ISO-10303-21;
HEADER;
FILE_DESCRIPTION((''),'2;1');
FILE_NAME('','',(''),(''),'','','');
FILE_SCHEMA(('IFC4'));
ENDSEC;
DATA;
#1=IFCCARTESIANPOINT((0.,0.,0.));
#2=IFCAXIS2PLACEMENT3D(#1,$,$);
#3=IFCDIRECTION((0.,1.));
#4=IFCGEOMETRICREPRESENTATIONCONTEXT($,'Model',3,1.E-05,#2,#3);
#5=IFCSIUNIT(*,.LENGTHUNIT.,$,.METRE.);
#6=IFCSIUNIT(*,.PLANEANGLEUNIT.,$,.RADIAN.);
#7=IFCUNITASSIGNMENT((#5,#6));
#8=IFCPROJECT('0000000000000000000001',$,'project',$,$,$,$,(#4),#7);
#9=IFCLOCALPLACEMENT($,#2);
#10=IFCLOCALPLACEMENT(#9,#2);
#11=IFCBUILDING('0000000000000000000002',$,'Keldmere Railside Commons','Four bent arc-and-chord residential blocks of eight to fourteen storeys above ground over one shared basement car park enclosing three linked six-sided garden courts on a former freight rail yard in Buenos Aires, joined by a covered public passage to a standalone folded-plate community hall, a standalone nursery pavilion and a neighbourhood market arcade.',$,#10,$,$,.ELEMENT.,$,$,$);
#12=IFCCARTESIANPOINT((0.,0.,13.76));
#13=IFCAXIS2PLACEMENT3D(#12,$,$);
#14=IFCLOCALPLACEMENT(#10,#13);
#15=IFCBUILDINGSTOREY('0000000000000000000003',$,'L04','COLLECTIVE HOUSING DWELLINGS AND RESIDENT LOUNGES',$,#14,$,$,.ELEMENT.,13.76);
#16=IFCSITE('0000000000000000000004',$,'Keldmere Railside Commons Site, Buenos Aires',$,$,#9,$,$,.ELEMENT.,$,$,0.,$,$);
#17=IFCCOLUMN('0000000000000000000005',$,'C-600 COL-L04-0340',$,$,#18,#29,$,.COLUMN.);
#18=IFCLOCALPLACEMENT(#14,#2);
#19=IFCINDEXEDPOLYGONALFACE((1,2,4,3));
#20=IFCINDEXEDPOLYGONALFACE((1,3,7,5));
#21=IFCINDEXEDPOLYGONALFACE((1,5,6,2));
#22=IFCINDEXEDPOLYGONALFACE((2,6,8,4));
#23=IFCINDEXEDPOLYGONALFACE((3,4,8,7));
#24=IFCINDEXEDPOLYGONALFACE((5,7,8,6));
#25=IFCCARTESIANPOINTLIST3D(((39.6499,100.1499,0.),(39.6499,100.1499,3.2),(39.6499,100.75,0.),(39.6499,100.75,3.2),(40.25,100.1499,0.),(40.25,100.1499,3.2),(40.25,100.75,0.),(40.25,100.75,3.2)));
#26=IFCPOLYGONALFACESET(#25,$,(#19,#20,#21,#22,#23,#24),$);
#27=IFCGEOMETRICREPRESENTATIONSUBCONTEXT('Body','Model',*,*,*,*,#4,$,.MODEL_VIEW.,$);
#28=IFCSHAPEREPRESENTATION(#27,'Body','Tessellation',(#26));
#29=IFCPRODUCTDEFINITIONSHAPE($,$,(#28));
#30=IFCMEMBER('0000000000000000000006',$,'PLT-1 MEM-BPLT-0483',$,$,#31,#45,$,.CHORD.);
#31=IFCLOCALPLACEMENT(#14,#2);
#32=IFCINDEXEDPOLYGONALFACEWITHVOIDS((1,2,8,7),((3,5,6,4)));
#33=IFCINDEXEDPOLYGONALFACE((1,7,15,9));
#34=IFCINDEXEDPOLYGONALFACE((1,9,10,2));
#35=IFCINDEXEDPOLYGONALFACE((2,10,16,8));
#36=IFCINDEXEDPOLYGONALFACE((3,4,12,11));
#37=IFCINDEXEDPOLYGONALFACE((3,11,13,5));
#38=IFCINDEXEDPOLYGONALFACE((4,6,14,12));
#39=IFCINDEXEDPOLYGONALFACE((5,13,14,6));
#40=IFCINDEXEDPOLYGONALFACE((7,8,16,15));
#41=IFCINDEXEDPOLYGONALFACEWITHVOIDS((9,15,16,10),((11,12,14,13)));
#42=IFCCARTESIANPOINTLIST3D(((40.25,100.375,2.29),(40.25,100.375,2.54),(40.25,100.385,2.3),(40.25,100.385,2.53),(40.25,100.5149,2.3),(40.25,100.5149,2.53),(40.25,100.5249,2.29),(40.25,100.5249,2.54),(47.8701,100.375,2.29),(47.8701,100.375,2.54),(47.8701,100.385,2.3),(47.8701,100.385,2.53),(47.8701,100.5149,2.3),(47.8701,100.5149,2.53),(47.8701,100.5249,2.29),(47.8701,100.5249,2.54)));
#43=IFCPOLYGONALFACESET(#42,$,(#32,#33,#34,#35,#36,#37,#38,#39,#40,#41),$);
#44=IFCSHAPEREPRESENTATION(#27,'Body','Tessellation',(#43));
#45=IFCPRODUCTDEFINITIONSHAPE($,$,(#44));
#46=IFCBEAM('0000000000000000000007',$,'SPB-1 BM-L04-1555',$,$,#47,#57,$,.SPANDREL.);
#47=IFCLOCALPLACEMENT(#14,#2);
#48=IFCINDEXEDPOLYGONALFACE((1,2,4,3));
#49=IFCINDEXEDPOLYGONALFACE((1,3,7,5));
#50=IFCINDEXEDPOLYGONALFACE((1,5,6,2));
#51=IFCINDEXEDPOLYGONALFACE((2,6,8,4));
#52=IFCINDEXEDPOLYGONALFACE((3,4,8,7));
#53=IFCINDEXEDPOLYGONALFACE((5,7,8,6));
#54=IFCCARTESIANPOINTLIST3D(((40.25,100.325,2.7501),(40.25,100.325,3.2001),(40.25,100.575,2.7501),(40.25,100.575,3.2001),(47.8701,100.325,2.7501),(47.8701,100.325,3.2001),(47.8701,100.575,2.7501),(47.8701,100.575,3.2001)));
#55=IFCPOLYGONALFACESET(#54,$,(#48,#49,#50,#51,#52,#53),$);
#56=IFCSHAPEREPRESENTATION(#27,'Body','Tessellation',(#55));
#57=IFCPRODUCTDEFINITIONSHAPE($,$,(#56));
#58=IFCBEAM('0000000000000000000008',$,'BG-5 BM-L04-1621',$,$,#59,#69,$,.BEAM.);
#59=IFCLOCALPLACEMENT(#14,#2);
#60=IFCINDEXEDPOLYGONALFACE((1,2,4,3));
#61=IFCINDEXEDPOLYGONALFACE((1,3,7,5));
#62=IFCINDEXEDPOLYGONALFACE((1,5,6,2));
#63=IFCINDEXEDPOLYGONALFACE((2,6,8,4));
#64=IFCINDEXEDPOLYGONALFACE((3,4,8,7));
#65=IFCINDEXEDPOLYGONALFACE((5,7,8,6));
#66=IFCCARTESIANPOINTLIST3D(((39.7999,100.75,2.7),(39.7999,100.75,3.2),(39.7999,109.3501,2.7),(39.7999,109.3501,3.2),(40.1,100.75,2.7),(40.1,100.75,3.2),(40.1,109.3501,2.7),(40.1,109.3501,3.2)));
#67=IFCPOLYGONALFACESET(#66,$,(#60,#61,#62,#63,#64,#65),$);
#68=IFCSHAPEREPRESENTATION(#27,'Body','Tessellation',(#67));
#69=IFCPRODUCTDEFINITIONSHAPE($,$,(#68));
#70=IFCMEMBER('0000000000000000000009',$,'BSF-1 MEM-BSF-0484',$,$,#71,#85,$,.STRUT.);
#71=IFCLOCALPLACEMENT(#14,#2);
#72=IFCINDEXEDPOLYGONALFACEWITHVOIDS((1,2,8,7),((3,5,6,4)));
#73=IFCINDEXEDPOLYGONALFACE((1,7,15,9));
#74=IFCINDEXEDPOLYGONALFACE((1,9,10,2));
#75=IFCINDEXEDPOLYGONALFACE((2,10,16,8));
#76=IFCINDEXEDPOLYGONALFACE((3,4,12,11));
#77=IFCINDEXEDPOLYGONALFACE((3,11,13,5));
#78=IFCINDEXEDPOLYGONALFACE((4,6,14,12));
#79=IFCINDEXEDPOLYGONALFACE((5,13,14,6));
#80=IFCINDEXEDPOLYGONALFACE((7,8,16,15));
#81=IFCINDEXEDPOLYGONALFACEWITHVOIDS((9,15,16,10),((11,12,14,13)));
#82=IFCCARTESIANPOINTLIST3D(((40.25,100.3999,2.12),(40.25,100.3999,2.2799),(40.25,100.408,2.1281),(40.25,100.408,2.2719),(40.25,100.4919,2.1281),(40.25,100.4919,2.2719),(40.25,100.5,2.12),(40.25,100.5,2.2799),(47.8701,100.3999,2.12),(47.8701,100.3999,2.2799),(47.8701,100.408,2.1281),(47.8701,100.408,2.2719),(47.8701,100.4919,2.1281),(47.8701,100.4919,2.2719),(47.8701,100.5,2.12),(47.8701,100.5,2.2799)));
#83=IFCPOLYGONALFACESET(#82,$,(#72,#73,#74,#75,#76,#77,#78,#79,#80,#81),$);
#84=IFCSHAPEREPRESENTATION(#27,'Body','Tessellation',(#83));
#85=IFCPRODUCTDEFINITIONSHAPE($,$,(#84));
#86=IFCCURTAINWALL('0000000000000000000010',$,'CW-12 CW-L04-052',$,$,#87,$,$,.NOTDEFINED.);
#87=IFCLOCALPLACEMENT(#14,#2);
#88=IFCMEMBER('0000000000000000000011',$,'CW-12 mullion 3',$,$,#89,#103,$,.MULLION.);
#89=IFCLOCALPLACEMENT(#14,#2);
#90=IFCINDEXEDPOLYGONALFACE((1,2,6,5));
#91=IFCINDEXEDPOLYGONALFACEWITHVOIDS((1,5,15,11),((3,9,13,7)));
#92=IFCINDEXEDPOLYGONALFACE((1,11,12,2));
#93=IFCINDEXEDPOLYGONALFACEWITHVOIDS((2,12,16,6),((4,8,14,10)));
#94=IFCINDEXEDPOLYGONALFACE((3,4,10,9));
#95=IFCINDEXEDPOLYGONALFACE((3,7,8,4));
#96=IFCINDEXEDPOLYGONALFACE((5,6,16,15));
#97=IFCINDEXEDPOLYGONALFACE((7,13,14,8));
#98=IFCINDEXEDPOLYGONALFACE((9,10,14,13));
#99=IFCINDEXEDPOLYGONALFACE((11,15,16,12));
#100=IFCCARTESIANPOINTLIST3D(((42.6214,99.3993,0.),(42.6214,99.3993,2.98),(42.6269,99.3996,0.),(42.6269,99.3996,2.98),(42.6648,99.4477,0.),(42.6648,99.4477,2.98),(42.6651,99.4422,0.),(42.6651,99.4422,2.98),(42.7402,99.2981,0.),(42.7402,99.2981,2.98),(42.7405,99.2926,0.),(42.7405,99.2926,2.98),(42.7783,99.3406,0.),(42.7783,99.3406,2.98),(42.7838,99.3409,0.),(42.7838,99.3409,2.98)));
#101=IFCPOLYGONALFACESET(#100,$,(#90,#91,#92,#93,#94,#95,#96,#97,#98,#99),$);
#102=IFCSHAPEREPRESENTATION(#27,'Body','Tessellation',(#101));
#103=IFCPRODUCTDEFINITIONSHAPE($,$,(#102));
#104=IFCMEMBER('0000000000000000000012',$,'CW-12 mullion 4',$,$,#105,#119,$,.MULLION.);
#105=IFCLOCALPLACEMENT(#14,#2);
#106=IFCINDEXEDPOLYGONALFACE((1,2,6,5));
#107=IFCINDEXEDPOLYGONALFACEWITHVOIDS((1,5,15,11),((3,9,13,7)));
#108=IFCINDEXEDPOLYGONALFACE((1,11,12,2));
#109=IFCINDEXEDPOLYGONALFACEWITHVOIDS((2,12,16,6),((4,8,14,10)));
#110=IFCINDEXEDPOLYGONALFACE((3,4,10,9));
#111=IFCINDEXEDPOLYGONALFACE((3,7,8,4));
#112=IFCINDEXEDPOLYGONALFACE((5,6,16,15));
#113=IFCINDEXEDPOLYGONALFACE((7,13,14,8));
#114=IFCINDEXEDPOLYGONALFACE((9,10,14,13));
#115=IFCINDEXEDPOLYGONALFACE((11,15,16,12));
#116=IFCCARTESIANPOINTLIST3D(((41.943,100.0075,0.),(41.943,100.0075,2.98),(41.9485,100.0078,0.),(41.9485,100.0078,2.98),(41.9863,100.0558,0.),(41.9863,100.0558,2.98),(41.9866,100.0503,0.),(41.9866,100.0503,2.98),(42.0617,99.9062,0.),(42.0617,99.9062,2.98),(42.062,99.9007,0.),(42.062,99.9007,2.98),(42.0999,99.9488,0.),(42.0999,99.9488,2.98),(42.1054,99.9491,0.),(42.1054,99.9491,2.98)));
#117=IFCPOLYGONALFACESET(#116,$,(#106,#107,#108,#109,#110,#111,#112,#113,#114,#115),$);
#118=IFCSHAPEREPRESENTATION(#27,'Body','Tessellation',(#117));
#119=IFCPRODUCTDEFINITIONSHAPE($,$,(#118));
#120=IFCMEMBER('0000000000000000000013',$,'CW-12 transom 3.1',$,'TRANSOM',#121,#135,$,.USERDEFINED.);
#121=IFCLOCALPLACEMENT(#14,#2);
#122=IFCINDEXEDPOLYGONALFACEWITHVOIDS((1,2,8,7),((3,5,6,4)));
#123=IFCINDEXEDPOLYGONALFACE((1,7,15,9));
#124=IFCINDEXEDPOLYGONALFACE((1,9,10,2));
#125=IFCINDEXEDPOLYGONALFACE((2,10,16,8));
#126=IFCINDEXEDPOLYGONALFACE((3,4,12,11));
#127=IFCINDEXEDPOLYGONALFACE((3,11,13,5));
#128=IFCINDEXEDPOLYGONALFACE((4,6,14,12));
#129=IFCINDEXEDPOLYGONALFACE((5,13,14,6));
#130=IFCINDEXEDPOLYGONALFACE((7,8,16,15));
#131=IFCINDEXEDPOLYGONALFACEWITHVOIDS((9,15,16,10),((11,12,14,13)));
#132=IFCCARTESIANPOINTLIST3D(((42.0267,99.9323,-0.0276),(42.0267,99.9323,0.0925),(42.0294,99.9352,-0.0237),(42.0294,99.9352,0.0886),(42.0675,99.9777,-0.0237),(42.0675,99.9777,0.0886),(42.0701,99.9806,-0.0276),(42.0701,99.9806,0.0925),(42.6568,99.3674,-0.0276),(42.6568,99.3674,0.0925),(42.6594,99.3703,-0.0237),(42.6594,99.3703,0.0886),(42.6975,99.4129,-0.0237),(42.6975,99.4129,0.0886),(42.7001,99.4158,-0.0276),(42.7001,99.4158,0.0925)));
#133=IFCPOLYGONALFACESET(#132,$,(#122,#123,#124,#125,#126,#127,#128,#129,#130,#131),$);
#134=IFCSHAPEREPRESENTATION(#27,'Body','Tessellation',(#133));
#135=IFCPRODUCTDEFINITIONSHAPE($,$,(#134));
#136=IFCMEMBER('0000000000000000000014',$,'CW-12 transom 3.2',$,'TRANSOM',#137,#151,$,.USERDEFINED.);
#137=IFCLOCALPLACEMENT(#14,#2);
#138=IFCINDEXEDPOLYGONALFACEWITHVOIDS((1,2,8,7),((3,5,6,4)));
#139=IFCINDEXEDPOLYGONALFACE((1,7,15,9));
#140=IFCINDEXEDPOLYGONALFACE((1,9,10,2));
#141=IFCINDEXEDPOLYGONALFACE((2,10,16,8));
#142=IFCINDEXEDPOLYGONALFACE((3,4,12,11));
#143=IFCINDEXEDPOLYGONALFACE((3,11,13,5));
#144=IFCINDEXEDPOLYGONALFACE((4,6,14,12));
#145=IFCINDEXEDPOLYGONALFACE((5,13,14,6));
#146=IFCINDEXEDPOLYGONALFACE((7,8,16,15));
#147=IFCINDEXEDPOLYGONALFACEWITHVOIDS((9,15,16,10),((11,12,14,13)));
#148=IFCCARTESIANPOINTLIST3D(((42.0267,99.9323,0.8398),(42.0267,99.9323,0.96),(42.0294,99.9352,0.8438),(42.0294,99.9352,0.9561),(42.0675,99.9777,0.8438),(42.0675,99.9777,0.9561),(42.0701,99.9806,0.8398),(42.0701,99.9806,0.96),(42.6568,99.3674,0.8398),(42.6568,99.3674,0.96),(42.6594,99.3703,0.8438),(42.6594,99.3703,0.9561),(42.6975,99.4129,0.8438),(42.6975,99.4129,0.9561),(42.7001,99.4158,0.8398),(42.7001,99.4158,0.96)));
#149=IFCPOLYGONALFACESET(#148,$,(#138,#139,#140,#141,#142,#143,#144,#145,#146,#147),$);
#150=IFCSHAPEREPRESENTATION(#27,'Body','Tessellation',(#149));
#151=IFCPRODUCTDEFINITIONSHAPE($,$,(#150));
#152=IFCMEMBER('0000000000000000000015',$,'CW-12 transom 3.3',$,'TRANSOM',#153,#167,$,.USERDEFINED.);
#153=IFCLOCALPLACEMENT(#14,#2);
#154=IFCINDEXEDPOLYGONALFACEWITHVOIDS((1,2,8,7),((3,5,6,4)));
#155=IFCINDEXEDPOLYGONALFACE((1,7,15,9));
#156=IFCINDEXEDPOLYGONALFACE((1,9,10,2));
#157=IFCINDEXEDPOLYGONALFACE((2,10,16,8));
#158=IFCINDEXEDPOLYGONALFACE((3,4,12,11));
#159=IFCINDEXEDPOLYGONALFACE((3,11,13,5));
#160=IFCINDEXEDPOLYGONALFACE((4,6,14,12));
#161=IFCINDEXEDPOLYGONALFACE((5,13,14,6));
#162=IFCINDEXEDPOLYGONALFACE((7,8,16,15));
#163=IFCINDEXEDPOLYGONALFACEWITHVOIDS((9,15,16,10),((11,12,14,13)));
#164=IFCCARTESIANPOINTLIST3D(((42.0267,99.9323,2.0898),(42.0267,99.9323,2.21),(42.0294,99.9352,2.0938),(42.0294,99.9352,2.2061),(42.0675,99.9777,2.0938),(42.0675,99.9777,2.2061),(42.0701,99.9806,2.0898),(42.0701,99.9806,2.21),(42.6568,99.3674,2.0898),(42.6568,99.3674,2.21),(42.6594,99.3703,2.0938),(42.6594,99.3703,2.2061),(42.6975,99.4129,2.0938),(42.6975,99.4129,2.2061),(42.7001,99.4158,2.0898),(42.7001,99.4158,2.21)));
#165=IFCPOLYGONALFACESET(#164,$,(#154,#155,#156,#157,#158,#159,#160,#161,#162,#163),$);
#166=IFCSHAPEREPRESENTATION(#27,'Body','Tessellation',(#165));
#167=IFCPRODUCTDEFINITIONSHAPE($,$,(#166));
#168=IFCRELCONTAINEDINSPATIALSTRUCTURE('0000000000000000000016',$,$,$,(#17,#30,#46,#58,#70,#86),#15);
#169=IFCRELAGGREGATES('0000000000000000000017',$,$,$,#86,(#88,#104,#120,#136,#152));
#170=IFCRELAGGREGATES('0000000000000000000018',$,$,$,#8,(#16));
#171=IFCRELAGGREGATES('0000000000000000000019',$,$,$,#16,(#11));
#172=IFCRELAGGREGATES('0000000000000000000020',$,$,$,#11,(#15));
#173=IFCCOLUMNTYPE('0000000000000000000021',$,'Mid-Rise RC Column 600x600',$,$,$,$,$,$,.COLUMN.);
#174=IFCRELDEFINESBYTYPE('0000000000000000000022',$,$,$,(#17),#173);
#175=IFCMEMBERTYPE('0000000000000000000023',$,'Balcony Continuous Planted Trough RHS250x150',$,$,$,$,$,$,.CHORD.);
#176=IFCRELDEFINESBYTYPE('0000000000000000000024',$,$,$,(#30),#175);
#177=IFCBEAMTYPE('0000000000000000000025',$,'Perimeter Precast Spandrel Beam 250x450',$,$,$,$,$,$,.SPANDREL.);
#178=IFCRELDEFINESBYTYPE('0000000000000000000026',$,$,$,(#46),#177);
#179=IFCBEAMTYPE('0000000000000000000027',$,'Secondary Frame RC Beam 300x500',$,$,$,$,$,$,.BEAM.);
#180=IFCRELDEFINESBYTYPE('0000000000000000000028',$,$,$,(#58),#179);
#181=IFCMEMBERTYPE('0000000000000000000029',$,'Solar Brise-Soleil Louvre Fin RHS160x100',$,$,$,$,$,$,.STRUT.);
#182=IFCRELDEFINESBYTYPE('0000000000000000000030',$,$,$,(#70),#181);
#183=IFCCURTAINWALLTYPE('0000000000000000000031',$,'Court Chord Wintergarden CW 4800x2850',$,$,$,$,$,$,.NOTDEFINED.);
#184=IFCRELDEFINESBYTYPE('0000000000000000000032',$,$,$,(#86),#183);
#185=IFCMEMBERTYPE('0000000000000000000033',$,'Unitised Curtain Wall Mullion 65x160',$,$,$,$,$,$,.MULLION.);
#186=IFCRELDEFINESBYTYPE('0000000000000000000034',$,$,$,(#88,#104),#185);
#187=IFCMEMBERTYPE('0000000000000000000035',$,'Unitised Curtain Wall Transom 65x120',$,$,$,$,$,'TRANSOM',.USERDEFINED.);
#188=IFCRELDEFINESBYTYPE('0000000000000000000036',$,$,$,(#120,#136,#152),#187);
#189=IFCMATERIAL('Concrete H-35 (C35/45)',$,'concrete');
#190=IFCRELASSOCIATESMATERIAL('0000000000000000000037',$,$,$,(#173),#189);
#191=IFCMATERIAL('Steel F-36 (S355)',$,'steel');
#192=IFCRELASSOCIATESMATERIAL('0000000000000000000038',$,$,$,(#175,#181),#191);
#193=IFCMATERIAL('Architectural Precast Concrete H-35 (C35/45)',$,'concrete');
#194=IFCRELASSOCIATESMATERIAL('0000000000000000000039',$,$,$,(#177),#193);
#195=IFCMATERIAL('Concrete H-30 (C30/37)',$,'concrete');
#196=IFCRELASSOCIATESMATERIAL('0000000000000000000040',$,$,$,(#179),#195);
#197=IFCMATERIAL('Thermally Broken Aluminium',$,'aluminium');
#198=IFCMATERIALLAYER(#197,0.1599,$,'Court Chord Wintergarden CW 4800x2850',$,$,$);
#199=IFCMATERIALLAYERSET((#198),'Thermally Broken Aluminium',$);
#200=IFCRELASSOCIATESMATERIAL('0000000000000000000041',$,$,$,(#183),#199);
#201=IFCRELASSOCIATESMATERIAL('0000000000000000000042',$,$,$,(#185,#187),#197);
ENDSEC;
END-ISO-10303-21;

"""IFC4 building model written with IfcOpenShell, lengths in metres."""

from ifc_helpers import new_model, si_unit, direction, frame, origin, origin_2d, place, context, subcontext, project, spatial, rectangle, hollow_rectangle, extrude, material, layer, layer_set, material_profile, profile_set, type_object, element, aggregate, save


model = new_model("IFC4")

# Units and contexts
model_context = context("Model", 3, precision=1e-05, world=origin(), true_north=direction((0.0, 1.0)))
body_context = subcontext(model_context, "Body", "Model", "MODEL_VIEW")
ifc_project = project(units=[si_unit("LENGTHUNIT", "METRE"), si_unit("PLANEANGLEUNIT", "RADIAN")], contexts=[model_context])

# Site, building, storey
site_placement = place(None, origin())
site = spatial("IfcSite", under=ifc_project, at=site_placement, Name="Keldmere Railside Commons Site, Buenos Aires", CompositionType="ELEMENT", RefElevation=0.0)
building_placement = place(site_placement, origin())
building = spatial("IfcBuilding", under=site, at=building_placement, Name="Keldmere Railside Commons", Description="Four bent arc-and-chord residential blocks of eight to fourteen storeys above ground over one shared basement car park enclosing three linked six-sided garden courts on a former freight rail yard in Buenos Aires, joined by a covered public passage to a standalone folded-plate community hall, a standalone nursery pavilion and a neighbourhood market arcade.", CompositionType="ELEMENT")
storey_placement = place(building_placement, frame((0.0, 0.0, 13.76)))
storey = spatial("IfcBuildingStorey", under=building, at=storey_placement, Name="L04", Description="COLLECTIVE HOUSING DWELLINGS AND RESIDENT LOUNGES", CompositionType="ELEMENT", Elevation=13.76)

# Column
ifc_material_1 = material(Name="Concrete H-35 (C35/45)", Category="concrete")
ifc_material_profile_1 = material_profile(ifc_material_1, rectangle(XDim=0.6001, YDim=0.6001, at=origin_2d()), Name="RC-600x600")
ifc_profile_set_1 = profile_set([ifc_material_profile_1], Name="Concrete H-35 (C35/45)")
column_type = type_object("IfcColumnType", Name="Mid-Rise RC Column 600x600", PredefinedType="COLUMN", material=ifc_profile_set_1)
column_placement = place(storey_placement, frame((39.95, 100.45, 0.0), z_axis=(0.0, 0.0, 1.0), x_axis=(1.0, 0.0, 0.0)))
element("IfcColumn", 1, at=column_placement, inside=storey, type_object=column_type, Name="C-600 COL-L04-0340", PredefinedType="COLUMN", context=body_context, shape_type="SweptSolid", body=[
    extrude(rectangle(XDim=0.6001, YDim=0.6001, at=origin_2d()), origin(), (0.0, 0.0, 1.0), 3.2),
])

# Member
ifc_material_2 = material(Name="Steel F-36 (S355)", Category="steel")
ifc_material_profile_2 = material_profile(ifc_material_2, hollow_rectangle(XDim=0.1499, YDim=0.25, WallThickness=0.01, at=origin_2d()), Name="RHS-250x150x10")
ifc_profile_set_2 = profile_set([ifc_material_profile_2], Name="Steel F-36 (S355)")
member_type_1 = type_object("IfcMemberType", Name="Balcony Continuous Planted Trough RHS250x150", PredefinedType="CHORD", material=ifc_profile_set_2)
member_1_placement = place(storey_placement, frame((40.25, 100.45, 2.415), z_axis=(1.0, 0.0, 0.0), x_axis=(0.0, 1.0, 0.0)))
element("IfcMember", 2, at=member_1_placement, inside=storey, type_object=member_type_1, Name="PLT-1 MEM-BPLT-0483", PredefinedType="CHORD", context=body_context, shape_type="SweptSolid", body=[
    extrude(hollow_rectangle(XDim=0.1499, YDim=0.25, WallThickness=0.01, at=origin_2d()), origin(), (0.0, 0.0, 1.0), 7.6201),
])

# Beams
ifc_material_3 = material(Name="Architectural Precast Concrete H-35 (C35/45)", Category="concrete")
ifc_material_profile_3 = material_profile(ifc_material_3, rectangle(XDim=0.25, YDim=0.45, at=origin_2d()), Name="RC-250x450")
ifc_profile_set_3 = profile_set([ifc_material_profile_3], Name="Architectural Precast Concrete H-35 (C35/45)")
beam_type_1 = type_object("IfcBeamType", Name="Perimeter Precast Spandrel Beam 250x450", PredefinedType="SPANDREL", material=ifc_profile_set_3)
beam_1_placement = place(storey_placement, frame((40.25, 100.45, 2.9751), z_axis=(1.0, 0.0, 0.0), x_axis=(0.0, 1.0, 0.0)))
element("IfcBeam", 3, at=beam_1_placement, inside=storey, type_object=beam_type_1, Name="SPB-1 BM-L04-1555", PredefinedType="SPANDREL", context=body_context, shape_type="SweptSolid", body=[
    extrude(rectangle(XDim=0.25, YDim=0.45, at=origin_2d()), origin(), (0.0, 0.0, 1.0), 7.6201),
])
ifc_material_4 = material(Name="Concrete H-30 (C30/37)", Category="concrete")
ifc_material_profile_4 = material_profile(ifc_material_4, rectangle(XDim=0.3, YDim=0.5, at=origin_2d()), Name="RC-300x500")
ifc_profile_set_4 = profile_set([ifc_material_profile_4], Name="Concrete H-30 (C30/37)")
beam_type_2 = type_object("IfcBeamType", Name="Secondary Frame RC Beam 300x500", PredefinedType="BEAM", material=ifc_profile_set_4)
beam_2_placement = place(storey_placement, frame((39.95, 100.75, 2.95), z_axis=(0.0, 1.0, 0.0), x_axis=(-1.0, 0.0, 0.0)))
element("IfcBeam", 4, at=beam_2_placement, inside=storey, type_object=beam_type_2, Name="BG-5 BM-L04-1621", PredefinedType="BEAM", context=body_context, shape_type="SweptSolid", body=[
    extrude(rectangle(XDim=0.3, YDim=0.5, at=origin_2d()), origin(), (0.0, 0.0, 1.0), 8.6001),
])

# Member
ifc_material_profile_5 = material_profile(ifc_material_2, hollow_rectangle(XDim=0.1001, YDim=0.1599, WallThickness=0.0081, at=origin_2d()), Name="RHS-160x100x8")
ifc_profile_set_5 = profile_set([ifc_material_profile_5], Name="Steel F-36 (S355)")
member_type_2 = type_object("IfcMemberType", Name="Solar Brise-Soleil Louvre Fin RHS160x100", PredefinedType="STRUT", material=ifc_profile_set_5)
member_2_placement = place(storey_placement, frame((40.25, 100.45, 2.2), z_axis=(1.0, 0.0, 0.0), x_axis=(0.0, 1.0, 0.0)))
element("IfcMember", 5, at=member_2_placement, inside=storey, type_object=member_type_2, Name="BSF-1 MEM-BSF-0484", PredefinedType="STRUT", context=body_context, shape_type="SweptSolid", body=[
    extrude(hollow_rectangle(XDim=0.1001, YDim=0.1599, WallThickness=0.0081, at=origin_2d()), origin(), (0.0, 0.0, 1.0), 7.6201),
])

# Curtain wall, members
ifc_material_5 = material(Name="Thermally Broken Aluminium", Category="aluminium")
ifc_layer_1 = layer(ifc_material_5, 0.1599, Name="Court Chord Wintergarden CW 4800x2850")
ifc_layer_set_1 = layer_set([ifc_layer_1], Name="Thermally Broken Aluminium")
curtain_wall_type = type_object("IfcCurtainWallType", Name="Court Chord Wintergarden CW 4800x2850", PredefinedType="NOTDEFINED", material=ifc_layer_set_1)
curtain_wall_placement = place(storey_placement, origin())
curtain_wall = element("IfcCurtainWall", 6, at=curtain_wall_placement, inside=storey, type_object=curtain_wall_type, Name="CW-12 CW-L04-052", PredefinedType="NOTDEFINED")
ifc_material_profile_6 = material_profile(ifc_material_5, hollow_rectangle(XDim=0.0649, YDim=0.1599, WallThickness=0.0039, at=origin_2d()), Name="ALU-MULL-65x160")
ifc_profile_set_6 = profile_set([ifc_material_profile_6], Name="Thermally Broken Aluminium")
member_type_3 = type_object("IfcMemberType", Name="Unitised Curtain Wall Mullion 65x160", PredefinedType="MULLION", material=ifc_profile_set_6)
member_3_placement = place(storey_placement, frame((42.7026, 99.3701, 0.0), z_axis=(0.0, 0.0, 1.0), x_axis=(-0.667559, -0.744557, 0.0)))
member_3 = element("IfcMember", 7, at=member_3_placement, type_object=member_type_3, Name="CW-12 mullion 3", PredefinedType="MULLION", context=body_context, shape_type="SweptSolid", body=[
    extrude(hollow_rectangle(XDim=0.0649, YDim=0.1599, WallThickness=0.0039, at=origin_2d()), origin(), (0.0, 0.0, 1.0), 2.98),
])
member_4_placement = place(storey_placement, frame((42.0242, 99.9783, 0.0), z_axis=(0.0, 0.0, 1.0), x_axis=(-0.667559, -0.744557, 0.0)))
member_4 = element("IfcMember", 8, at=member_4_placement, type_object=member_type_3, Name="CW-12 mullion 4", PredefinedType="MULLION", context=body_context, shape_type="SweptSolid", body=[
    extrude(hollow_rectangle(XDim=0.0649, YDim=0.1599, WallThickness=0.0039, at=origin_2d()), origin(), (0.0, 0.0, 1.0), 2.98),
])
ifc_material_profile_7 = material_profile(ifc_material_5, hollow_rectangle(XDim=0.0649, YDim=0.1201, WallThickness=0.0039, at=origin_2d()), Name="ALU-TRAN-65x120")
ifc_profile_set_7 = profile_set([ifc_material_profile_7], Name="Thermally Broken Aluminium")
member_type_4 = type_object("IfcMemberType", Name="Unitised Curtain Wall Transom 65x120", ElementType="TRANSOM", PredefinedType="USERDEFINED", material=ifc_profile_set_7)
member_5_placement = place(storey_placement, frame((42.6785, 99.3916, 0.0325), z_axis=(-0.744569, 0.667545, 0.0), x_axis=(-0.667545, -0.744569, 0.0)))
member_5 = element("IfcMember", 9, at=member_5_placement, type_object=member_type_4, Name="CW-12 transom 3.1", ObjectType="TRANSOM", PredefinedType="USERDEFINED", context=body_context, shape_type="SweptSolid", body=[
    extrude(hollow_rectangle(XDim=0.0649, YDim=0.1201, WallThickness=0.0039, at=origin_2d()), origin(), (0.0, 0.0, 1.0), 0.8462),
])
member_6_placement = place(storey_placement, frame((42.6785, 99.3916, 0.8999), z_axis=(-0.744569, 0.667545, 0.0), x_axis=(-0.667545, -0.744569, 0.0)))
member_6 = element("IfcMember", 10, at=member_6_placement, type_object=member_type_4, Name="CW-12 transom 3.2", ObjectType="TRANSOM", PredefinedType="USERDEFINED", context=body_context, shape_type="SweptSolid", body=[
    extrude(hollow_rectangle(XDim=0.0649, YDim=0.1201, WallThickness=0.0039, at=origin_2d()), origin(), (0.0, 0.0, 1.0), 0.8462),
])
member_7_placement = place(storey_placement, frame((42.6785, 99.3916, 2.1499), z_axis=(-0.744569, 0.667545, 0.0), x_axis=(-0.667545, -0.744569, 0.0)))
member_7 = element("IfcMember", 11, at=member_7_placement, type_object=member_type_4, Name="CW-12 transom 3.3", ObjectType="TRANSOM", PredefinedType="USERDEFINED", context=body_context, shape_type="SweptSolid", body=[
    extrude(hollow_rectangle(XDim=0.0649, YDim=0.1201, WallThickness=0.0039, at=origin_2d()), origin(), (0.0, 0.0, 1.0), 0.8462),
])
aggregate(curtain_wall, [member_3, member_4, member_5, member_6, member_7])

save(model, "model.ifc")
